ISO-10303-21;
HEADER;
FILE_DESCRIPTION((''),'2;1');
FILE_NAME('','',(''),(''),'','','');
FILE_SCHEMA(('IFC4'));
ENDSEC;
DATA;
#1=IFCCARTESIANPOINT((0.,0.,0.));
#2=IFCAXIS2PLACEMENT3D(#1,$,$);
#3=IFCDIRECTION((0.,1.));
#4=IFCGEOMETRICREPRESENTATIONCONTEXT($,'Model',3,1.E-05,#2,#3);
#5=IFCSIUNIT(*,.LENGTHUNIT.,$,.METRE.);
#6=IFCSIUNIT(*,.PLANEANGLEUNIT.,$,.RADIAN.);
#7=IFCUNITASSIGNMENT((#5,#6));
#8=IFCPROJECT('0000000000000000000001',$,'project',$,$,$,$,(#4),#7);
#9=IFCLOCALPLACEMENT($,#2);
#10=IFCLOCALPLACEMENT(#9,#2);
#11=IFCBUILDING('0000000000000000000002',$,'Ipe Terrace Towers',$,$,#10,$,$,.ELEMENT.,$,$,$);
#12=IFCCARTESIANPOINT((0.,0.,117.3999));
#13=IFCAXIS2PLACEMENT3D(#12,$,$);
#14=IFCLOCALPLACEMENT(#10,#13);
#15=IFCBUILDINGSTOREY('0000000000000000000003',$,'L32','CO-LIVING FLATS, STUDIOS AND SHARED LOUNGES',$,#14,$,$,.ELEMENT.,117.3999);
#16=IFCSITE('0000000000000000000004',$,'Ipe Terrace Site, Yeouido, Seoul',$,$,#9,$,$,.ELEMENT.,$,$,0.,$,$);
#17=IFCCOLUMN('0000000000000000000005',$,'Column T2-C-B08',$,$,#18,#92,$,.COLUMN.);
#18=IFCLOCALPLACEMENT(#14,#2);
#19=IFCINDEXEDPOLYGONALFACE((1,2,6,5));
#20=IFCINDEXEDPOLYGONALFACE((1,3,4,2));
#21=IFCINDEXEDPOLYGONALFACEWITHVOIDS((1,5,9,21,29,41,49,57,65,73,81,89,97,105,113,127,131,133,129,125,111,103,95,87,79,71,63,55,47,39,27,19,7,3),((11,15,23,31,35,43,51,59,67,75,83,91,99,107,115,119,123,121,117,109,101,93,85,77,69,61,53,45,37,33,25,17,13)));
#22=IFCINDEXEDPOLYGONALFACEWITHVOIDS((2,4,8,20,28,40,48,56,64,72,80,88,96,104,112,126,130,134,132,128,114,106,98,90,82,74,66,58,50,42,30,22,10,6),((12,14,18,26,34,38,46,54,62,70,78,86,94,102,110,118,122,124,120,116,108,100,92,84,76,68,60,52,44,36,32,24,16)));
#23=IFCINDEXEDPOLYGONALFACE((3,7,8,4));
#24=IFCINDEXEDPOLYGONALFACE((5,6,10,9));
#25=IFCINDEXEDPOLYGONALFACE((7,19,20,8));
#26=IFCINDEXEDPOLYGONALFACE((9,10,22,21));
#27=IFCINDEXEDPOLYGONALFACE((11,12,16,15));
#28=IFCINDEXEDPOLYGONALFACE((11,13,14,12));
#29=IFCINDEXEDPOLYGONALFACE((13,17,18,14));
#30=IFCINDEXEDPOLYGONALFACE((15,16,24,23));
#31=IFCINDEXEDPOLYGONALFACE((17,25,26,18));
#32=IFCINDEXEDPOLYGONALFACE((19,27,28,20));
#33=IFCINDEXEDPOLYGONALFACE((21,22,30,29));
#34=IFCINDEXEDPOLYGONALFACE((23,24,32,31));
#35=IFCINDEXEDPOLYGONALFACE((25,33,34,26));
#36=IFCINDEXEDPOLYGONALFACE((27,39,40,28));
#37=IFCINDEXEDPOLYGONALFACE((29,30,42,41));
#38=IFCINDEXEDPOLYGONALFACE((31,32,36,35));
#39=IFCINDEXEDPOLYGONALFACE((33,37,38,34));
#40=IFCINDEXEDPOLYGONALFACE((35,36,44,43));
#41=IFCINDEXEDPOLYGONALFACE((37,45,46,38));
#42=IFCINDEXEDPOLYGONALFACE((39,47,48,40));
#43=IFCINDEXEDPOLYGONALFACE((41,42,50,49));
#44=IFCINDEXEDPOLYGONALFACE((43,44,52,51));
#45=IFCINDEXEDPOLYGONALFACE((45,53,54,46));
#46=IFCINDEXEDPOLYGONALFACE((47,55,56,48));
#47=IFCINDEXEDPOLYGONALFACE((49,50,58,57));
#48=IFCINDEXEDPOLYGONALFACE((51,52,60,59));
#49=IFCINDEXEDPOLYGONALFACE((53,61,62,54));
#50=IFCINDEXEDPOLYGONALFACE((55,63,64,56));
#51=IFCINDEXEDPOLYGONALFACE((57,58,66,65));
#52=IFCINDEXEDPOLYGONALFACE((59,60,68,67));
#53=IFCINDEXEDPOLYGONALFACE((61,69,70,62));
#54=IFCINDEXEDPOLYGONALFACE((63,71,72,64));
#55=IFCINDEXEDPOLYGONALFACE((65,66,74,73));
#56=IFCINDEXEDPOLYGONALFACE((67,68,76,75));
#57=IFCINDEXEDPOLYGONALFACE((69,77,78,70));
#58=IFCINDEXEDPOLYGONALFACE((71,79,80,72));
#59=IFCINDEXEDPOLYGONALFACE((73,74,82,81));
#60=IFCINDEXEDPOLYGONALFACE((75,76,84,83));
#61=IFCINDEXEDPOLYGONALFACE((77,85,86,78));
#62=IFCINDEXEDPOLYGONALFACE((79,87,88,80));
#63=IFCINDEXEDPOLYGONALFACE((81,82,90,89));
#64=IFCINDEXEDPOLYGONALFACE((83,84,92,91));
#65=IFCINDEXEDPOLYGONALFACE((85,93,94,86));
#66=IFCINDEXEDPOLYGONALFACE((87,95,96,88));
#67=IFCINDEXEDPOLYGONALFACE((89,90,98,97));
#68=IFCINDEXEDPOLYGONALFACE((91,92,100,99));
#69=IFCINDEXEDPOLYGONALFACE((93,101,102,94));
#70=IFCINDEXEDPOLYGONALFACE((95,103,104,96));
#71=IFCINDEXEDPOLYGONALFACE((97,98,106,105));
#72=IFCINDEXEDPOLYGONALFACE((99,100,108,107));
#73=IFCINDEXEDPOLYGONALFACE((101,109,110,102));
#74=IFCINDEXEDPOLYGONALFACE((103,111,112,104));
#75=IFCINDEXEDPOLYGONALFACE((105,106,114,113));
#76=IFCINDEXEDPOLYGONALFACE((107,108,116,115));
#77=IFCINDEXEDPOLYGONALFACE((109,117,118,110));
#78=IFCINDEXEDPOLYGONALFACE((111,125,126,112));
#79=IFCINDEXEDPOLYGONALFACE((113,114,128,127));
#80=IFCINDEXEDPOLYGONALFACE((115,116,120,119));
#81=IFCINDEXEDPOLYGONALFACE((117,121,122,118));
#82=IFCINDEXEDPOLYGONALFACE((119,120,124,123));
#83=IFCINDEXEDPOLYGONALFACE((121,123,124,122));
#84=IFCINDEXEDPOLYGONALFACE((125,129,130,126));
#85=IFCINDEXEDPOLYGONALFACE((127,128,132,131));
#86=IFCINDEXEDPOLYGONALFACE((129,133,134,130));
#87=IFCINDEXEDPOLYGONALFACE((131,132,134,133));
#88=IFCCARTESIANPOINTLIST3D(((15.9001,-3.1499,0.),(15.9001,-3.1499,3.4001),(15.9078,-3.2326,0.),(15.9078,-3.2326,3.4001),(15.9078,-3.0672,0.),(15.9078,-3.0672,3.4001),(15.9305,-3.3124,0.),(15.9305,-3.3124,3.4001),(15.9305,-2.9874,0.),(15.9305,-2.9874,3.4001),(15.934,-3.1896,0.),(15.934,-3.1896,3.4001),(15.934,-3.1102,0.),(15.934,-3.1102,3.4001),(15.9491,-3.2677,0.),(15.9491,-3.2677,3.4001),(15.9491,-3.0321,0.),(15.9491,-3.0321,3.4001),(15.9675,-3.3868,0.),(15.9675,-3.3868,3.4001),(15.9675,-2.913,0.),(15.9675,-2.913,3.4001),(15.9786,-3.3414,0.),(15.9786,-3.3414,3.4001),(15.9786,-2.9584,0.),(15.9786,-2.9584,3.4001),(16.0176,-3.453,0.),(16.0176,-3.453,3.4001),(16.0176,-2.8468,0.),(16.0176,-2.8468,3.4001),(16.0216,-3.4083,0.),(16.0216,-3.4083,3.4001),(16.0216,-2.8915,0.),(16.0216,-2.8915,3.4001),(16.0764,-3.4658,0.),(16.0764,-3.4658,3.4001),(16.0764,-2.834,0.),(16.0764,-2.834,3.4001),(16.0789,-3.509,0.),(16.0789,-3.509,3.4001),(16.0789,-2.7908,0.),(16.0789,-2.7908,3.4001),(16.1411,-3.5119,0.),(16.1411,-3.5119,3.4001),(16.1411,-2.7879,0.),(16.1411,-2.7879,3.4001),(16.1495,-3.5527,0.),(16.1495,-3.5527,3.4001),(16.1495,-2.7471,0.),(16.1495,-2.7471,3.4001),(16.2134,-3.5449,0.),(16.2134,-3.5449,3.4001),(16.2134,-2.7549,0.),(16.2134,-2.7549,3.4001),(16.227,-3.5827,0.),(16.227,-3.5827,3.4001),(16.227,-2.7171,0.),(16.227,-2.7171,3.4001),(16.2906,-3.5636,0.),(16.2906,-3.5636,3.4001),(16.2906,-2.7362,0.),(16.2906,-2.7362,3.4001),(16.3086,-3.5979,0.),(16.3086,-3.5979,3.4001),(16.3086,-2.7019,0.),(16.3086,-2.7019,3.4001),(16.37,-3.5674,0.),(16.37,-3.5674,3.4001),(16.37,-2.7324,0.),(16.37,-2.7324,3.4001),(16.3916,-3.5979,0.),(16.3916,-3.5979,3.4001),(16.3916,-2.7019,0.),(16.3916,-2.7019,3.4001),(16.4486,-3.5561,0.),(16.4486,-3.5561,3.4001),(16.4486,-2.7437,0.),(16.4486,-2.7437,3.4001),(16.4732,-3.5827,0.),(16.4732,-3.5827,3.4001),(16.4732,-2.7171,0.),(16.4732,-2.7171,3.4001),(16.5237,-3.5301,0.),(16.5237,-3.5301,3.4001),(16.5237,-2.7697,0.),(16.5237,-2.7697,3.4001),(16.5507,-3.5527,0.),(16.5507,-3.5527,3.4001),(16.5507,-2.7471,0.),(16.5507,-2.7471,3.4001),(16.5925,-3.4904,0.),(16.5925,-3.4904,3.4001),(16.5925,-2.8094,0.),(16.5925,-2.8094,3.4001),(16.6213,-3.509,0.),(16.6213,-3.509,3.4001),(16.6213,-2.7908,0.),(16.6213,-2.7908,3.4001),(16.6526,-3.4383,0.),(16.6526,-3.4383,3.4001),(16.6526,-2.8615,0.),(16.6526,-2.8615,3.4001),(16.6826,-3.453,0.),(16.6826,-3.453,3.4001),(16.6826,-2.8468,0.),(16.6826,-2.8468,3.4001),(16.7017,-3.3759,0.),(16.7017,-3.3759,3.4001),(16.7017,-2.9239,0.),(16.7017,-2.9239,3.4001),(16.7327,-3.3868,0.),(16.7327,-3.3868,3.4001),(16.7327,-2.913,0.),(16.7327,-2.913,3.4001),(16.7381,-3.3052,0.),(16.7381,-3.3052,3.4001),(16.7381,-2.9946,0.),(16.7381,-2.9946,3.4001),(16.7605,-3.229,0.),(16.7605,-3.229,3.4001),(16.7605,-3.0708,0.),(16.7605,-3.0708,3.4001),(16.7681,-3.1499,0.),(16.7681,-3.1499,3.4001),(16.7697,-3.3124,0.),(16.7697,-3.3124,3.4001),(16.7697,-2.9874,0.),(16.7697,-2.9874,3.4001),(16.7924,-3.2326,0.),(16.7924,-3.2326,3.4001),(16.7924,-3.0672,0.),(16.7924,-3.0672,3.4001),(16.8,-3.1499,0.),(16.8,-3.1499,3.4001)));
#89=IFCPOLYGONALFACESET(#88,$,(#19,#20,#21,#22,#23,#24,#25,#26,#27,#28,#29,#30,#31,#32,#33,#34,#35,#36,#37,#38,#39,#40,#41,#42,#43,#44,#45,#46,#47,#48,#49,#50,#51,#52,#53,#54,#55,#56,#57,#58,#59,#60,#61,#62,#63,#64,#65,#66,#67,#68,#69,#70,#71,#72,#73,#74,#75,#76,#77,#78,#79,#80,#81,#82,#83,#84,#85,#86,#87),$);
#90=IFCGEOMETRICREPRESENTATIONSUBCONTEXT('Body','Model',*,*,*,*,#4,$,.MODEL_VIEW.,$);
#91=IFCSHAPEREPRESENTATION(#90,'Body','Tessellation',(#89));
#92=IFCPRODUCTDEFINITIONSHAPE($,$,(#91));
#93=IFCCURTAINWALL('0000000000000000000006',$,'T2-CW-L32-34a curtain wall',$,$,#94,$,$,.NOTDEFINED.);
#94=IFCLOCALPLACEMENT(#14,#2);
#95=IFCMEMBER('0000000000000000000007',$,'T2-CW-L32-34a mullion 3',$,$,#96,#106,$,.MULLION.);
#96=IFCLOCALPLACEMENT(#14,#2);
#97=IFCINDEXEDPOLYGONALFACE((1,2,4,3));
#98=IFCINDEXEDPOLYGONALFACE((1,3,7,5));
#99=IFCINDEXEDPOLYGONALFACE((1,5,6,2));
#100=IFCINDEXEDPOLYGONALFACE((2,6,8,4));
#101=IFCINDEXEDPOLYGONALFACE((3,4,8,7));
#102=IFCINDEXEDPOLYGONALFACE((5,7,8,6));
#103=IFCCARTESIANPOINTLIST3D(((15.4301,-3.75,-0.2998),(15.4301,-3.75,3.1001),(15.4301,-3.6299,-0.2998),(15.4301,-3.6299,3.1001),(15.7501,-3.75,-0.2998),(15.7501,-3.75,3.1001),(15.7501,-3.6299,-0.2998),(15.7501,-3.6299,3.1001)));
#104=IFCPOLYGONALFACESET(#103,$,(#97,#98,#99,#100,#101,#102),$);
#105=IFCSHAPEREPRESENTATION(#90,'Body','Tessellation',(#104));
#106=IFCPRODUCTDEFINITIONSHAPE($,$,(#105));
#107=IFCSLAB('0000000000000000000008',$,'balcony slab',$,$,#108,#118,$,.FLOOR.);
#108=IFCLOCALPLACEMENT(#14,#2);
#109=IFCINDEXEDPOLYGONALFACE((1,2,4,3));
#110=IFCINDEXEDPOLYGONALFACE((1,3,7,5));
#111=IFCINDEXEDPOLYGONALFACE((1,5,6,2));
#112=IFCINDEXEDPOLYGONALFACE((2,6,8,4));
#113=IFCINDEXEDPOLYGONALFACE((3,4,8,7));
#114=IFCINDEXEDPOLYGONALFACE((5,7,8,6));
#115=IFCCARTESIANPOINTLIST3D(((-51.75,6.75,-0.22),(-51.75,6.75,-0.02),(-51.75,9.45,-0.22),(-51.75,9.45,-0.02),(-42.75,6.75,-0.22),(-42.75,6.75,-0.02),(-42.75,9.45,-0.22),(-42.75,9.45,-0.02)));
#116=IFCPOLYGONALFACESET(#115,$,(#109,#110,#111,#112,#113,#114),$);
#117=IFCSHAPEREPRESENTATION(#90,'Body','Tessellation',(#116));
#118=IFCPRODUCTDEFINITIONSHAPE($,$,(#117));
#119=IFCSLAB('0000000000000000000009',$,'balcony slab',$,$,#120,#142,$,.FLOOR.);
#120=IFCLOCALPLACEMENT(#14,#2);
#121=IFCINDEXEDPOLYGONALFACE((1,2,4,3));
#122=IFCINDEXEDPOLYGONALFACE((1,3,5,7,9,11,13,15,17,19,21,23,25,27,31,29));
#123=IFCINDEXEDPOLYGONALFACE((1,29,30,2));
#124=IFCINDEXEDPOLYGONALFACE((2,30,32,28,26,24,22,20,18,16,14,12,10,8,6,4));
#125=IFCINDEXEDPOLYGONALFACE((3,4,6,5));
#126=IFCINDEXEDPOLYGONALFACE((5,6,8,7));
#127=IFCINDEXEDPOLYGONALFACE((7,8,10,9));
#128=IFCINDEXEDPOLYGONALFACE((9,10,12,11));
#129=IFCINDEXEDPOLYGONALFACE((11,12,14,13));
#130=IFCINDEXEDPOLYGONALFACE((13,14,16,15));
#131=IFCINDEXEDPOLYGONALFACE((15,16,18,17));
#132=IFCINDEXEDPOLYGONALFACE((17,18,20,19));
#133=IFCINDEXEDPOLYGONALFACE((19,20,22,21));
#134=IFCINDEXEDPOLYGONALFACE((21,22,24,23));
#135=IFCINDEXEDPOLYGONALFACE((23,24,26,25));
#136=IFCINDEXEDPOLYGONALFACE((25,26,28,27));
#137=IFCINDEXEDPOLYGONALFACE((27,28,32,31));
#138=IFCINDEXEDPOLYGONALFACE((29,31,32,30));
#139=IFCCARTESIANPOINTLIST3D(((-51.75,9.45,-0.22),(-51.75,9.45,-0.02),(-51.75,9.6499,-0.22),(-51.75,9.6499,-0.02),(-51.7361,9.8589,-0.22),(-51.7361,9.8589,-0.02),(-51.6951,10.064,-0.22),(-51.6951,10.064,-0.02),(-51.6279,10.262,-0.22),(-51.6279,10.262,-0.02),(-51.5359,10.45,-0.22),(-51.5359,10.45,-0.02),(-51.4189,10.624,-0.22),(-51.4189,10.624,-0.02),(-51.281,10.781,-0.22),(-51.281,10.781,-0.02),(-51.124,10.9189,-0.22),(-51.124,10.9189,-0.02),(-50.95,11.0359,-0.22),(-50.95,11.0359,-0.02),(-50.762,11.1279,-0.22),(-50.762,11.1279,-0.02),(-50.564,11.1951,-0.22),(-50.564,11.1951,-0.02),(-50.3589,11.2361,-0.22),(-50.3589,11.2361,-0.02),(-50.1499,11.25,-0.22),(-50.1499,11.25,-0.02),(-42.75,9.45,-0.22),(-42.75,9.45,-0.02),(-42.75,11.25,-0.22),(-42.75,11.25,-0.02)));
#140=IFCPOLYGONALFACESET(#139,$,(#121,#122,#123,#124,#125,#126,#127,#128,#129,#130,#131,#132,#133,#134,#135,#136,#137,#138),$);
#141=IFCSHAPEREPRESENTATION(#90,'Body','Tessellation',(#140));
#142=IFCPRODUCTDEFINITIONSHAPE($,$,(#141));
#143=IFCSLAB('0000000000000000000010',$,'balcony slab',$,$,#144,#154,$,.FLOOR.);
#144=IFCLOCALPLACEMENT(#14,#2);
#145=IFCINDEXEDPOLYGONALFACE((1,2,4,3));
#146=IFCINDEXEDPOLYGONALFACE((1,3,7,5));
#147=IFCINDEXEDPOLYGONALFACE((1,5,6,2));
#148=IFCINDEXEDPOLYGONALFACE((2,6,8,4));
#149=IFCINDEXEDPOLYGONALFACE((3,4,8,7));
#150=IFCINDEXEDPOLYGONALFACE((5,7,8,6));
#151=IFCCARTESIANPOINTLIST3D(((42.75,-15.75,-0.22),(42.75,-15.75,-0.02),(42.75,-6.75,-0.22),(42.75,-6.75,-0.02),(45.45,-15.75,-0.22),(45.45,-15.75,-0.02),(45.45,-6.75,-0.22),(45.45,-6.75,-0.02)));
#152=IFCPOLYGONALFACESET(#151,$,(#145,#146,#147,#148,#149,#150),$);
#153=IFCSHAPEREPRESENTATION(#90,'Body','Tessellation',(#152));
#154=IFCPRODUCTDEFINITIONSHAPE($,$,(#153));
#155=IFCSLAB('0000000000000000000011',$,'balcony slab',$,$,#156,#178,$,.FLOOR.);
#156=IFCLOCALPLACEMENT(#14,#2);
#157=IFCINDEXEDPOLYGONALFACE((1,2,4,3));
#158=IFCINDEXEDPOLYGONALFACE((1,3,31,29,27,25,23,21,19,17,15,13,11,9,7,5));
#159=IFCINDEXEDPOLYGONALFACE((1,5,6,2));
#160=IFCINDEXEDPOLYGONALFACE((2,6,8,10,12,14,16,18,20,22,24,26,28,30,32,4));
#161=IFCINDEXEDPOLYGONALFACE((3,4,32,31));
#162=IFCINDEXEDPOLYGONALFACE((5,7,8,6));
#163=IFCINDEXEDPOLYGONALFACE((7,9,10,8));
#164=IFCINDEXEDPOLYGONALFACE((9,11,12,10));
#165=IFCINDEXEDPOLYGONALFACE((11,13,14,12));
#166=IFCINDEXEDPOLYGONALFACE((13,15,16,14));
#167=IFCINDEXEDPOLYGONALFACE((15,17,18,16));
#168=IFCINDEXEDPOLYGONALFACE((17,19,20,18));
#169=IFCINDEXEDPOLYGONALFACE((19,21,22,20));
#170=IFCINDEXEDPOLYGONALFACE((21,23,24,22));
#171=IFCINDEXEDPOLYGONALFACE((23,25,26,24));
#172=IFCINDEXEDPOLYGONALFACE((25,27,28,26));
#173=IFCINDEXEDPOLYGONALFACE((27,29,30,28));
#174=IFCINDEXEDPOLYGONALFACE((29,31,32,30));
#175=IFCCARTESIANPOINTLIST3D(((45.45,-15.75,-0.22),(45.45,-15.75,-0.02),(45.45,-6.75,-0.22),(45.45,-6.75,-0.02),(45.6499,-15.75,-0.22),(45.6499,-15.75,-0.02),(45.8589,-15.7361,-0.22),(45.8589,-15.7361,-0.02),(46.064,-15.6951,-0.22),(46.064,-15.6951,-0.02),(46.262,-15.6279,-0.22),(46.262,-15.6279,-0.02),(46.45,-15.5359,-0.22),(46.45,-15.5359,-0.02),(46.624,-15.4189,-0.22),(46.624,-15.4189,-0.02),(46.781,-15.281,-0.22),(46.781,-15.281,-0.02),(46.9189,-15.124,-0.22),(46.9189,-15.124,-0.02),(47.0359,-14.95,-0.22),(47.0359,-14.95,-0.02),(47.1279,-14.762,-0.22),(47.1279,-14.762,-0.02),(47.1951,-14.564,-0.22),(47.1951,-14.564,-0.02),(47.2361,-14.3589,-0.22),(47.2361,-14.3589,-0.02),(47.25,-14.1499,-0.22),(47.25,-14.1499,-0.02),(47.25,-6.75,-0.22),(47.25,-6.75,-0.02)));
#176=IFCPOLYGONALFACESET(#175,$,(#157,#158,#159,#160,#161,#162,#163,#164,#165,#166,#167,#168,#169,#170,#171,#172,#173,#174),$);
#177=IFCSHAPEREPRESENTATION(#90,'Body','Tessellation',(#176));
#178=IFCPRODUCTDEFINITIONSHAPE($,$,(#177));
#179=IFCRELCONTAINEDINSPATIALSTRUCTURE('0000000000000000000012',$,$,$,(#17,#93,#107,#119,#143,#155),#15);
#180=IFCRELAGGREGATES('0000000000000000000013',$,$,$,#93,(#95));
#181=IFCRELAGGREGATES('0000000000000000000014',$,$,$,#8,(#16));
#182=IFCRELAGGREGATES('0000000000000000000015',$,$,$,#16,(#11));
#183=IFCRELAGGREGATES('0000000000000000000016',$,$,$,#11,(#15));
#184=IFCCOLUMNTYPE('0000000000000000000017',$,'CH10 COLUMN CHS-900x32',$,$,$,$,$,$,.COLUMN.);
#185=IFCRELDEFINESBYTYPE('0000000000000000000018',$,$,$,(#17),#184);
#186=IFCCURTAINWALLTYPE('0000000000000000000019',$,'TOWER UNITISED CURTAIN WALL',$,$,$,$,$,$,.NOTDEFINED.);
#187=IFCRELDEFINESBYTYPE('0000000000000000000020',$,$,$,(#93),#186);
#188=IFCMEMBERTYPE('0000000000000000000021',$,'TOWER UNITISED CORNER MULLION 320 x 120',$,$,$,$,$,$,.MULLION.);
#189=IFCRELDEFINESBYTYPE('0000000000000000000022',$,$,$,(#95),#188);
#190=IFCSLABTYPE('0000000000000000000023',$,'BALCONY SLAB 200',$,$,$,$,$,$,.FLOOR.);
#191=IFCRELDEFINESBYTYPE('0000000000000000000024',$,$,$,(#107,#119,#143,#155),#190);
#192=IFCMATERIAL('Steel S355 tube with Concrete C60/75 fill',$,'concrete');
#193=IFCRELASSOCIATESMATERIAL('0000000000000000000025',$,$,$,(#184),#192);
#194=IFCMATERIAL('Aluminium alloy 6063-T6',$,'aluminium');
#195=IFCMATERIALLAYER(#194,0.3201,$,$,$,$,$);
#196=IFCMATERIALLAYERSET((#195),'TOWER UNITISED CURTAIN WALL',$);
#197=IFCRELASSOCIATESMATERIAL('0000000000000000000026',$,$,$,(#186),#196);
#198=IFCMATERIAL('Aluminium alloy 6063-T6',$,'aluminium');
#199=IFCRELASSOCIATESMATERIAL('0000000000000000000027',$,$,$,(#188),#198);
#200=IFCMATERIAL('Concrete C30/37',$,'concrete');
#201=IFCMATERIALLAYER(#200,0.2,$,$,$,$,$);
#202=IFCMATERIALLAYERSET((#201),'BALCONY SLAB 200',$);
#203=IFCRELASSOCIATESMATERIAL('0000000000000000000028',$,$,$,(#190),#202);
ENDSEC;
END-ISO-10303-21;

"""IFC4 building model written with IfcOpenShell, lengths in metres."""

from ifc_helpers import new_model, si_unit, direction, frame, origin, origin_2d, place, context, subcontext, project, spatial, polyline, rectangle, hollow_circle, outline, extrude, material, layer, layer_set, material_profile, profile_set, type_object, element, aggregate, save


model = new_model("IFC4")

# Units and contexts
model_context = context("Model", 3, precision=1e-05, world=origin(), true_north=direction((0.0, 1.0)))
body_context = subcontext(model_context, "Body", "Model", "MODEL_VIEW")
ifc_project = project(units=[si_unit("LENGTHUNIT", "METRE"), si_unit("PLANEANGLEUNIT", "RADIAN")], contexts=[model_context])

# Site, building, storey
site_placement = place(None, origin())
site = spatial("IfcSite", under=ifc_project, at=site_placement, Name="Ipe Terrace Site, Yeouido, Seoul", CompositionType="ELEMENT", RefElevation=0.0)
building_placement = place(site_placement, origin())
building = spatial("IfcBuilding", under=site, at=building_placement, Name="Ipe Terrace Towers", CompositionType="ELEMENT")
storey_placement = place(building_placement, frame((0.0, 0.0, 117.3999)))
storey = spatial("IfcBuildingStorey", under=building, at=storey_placement, Name="L32", Description="CO-LIVING FLATS, STUDIOS AND SHARED LOUNGES", CompositionType="ELEMENT", Elevation=117.3999)

# Column
ifc_material_1 = material(Name="Steel S355 tube with Concrete C60/75 fill", Category="concrete")
ifc_material_profile_1 = material_profile(ifc_material_1, hollow_circle(Radius=0.45, WallThickness=0.032, at=origin_2d()), Name="CHS-900x32")
ifc_profile_set_1 = profile_set([ifc_material_profile_1], Name="Steel S355 tube with Concrete C60/75 fill")
column_type = type_object("IfcColumnType", Name="CH10 COLUMN CHS-900x32", PredefinedType="COLUMN", material=ifc_profile_set_1)
column_placement = place(storey_placement, frame((16.3501, -3.1499, 0.0), z_axis=(0.0, 0.0, 1.0), x_axis=(1.0, 0.0, 0.0)))
element("IfcColumn", 1, at=column_placement, inside=storey, type_object=column_type, Name="Column T2-C-B08", PredefinedType="COLUMN", context=body_context, shape_type="SweptSolid", body=[
    extrude(hollow_circle(Radius=0.45, WallThickness=0.032, at=origin_2d()), origin(), (0.0, 0.0, 1.0), 3.4001),
])

# Curtain wall, member
ifc_material_2 = material(Name="Aluminium alloy 6063-T6", Category="aluminium")
ifc_layer_1 = layer(ifc_material_2, 0.3201)
ifc_layer_set_1 = layer_set([ifc_layer_1], Name="TOWER UNITISED CURTAIN WALL")
curtain_wall_type = type_object("IfcCurtainWallType", Name="TOWER UNITISED CURTAIN WALL", PredefinedType="NOTDEFINED", material=ifc_layer_set_1)
curtain_wall_placement = place(storey_placement, origin())
curtain_wall = element("IfcCurtainWall", 2, at=curtain_wall_placement, inside=storey, type_object=curtain_wall_type, Name="T2-CW-L32-34a curtain wall", PredefinedType="NOTDEFINED")
ifc_material_3 = material(Name="Aluminium alloy 6063-T6", Category="aluminium")
ifc_material_profile_2 = material_profile(ifc_material_3, rectangle(XDim=0.3201, YDim=0.1201, at=origin_2d()), Name="TOWER UNITISED CORNER MULLION 320 x 120")
ifc_profile_set_2 = profile_set([ifc_material_profile_2], Name="Aluminium alloy 6063-T6")
member_type = type_object("IfcMemberType", Name="TOWER UNITISED CORNER MULLION 320 x 120", PredefinedType="MULLION", material=ifc_profile_set_2)
member_placement = place(storey_placement, frame((15.5901, -3.6899, -0.2998), z_axis=(0.0, 0.0, 1.0), x_axis=(-1.0, 0.0, 0.0)))
member = element("IfcMember", 3, at=member_placement, type_object=member_type, Name="T2-CW-L32-34a mullion 3", PredefinedType="MULLION", context=body_context, shape_type="SweptSolid", body=[
    extrude(rectangle(XDim=0.3201, YDim=0.1201, at=origin_2d()), origin(), (0.0, 0.0, 1.0), 3.3999),
])

# Slabs
ifc_material_4 = material(Name="Concrete C30/37", Category="concrete")
ifc_layer_2 = layer(ifc_material_4, 0.2)
ifc_layer_set_2 = layer_set([ifc_layer_2], Name="BALCONY SLAB 200")
slab_type_1 = type_object("IfcSlabType", Name="BALCONY SLAB 200", PredefinedType="FLOOR", material=ifc_layer_set_2)
slab_1_placement = place(storey_placement, frame((0.0, 0.0, -0.22)))
element("IfcSlab", 4, at=slab_1_placement, inside=storey, type_object=slab_type_1, Name="balcony slab", PredefinedType="FLOOR", context=body_context, shape_type="SweptSolid", body=[
    extrude(outline(polyline([(-51.75, 6.75), (-42.75, 6.75), (-42.75, 9.45), (-51.75, 9.45), (-51.75, 6.75)])), origin(), (0.0, 0.0, 1.0), 0.2),
])
slab_2_placement = place(storey_placement, frame((0.0, 0.0, -0.22)))
element("IfcSlab", 5, at=slab_2_placement, inside=storey, type_object=slab_type_1, Name="balcony slab", PredefinedType="FLOOR", context=body_context, shape_type="SweptSolid", body=[
    extrude(outline(polyline([(-42.75, 11.25), (-50.1499, 11.25), (-50.3589, 11.2361), (-50.564, 11.1951), (-50.762, 11.1279), (-50.95, 11.0359), (-51.124, 10.9189), (-51.281, 10.781), (-51.4189, 10.624), (-51.5359, 10.45), (-51.6279, 10.262), (-51.6951, 10.064), (-51.7361, 9.8589), (-51.75, 9.6499), (-51.75, 9.45), (-42.75, 9.45), (-42.75, 11.25)])), origin(), (0.0, 0.0, 1.0), 0.2),
])
slab_3_placement = place(storey_placement, frame((0.0, 0.0, -0.22)))
element("IfcSlab", 6, at=slab_3_placement, inside=storey, type_object=slab_type_1, Name="balcony slab", PredefinedType="FLOOR", context=body_context, shape_type="SweptSolid", body=[
    extrude(outline(polyline([(42.75, -15.75), (45.45, -15.75), (45.45, -6.75), (42.75, -6.75), (42.75, -15.75)])), origin(), (0.0, 0.0, 1.0), 0.2),
])
slab_4_placement = place(storey_placement, frame((0.0, 0.0, -0.22)))
element("IfcSlab", 7, at=slab_4_placement, inside=storey, type_object=slab_type_1, Name="balcony slab", PredefinedType="FLOOR", context=body_context, shape_type="SweptSolid", body=[
    extrude(outline(polyline([(47.25, -6.75), (45.45, -6.75), (45.45, -15.75), (45.6499, -15.75), (45.8589, -15.7361), (46.064, -15.6951), (46.262, -15.6279), (46.45, -15.5359), (46.624, -15.4189), (46.781, -15.281), (46.9189, -15.124), (47.0359, -14.95), (47.1279, -14.762), (47.1951, -14.564), (47.2361, -14.3589), (47.25, -14.1499), (47.25, -6.75)])), origin(), (0.0, 0.0, 1.0), 0.2),
])

aggregate(curtain_wall, [member])

save(model, "model.ifc")
